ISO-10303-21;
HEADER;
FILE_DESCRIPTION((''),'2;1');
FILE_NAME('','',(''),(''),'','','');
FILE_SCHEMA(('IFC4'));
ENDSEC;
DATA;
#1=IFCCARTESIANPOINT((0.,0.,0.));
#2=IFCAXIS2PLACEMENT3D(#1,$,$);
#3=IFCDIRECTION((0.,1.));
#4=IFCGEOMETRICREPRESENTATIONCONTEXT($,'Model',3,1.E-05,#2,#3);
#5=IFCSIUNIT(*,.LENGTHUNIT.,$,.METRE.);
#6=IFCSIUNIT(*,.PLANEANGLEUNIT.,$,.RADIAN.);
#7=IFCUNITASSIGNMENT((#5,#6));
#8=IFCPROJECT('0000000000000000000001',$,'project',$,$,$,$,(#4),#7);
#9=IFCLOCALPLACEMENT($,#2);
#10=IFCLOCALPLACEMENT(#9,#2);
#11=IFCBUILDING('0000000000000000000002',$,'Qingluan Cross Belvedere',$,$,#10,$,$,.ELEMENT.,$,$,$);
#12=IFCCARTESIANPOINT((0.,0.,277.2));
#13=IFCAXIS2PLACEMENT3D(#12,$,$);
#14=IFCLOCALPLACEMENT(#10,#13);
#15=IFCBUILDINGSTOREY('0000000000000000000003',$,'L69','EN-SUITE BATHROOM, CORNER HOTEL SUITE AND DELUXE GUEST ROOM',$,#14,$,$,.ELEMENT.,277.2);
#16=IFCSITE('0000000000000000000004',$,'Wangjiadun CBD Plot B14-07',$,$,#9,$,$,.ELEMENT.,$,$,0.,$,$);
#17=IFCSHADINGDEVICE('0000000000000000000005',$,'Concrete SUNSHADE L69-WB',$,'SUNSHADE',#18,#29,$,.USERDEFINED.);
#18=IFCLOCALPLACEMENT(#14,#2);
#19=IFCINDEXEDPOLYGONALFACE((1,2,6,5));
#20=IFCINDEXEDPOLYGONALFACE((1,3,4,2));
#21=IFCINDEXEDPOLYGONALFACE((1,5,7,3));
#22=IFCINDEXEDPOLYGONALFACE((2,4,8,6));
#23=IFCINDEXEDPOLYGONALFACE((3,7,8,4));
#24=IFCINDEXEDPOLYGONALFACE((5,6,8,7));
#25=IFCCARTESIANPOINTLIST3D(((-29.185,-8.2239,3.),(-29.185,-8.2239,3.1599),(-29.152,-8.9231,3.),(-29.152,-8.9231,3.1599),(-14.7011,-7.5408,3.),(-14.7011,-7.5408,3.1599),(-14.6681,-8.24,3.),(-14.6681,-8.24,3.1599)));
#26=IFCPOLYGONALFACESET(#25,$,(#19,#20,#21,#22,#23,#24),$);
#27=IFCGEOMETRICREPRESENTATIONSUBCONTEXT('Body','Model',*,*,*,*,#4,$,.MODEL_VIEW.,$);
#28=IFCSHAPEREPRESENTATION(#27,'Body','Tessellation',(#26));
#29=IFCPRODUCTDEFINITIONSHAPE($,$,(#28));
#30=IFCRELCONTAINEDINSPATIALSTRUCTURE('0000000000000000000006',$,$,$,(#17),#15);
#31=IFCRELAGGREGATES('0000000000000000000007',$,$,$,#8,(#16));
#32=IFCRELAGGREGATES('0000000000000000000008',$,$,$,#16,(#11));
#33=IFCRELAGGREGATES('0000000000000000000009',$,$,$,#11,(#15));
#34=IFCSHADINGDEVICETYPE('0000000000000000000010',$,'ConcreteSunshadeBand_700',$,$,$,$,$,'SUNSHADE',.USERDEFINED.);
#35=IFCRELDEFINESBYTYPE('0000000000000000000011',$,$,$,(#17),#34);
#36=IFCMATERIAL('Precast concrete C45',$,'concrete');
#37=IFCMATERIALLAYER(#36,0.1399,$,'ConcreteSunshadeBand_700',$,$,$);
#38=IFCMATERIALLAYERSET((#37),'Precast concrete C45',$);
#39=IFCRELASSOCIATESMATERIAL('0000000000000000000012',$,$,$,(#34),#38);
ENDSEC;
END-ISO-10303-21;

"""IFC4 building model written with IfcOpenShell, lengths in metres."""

from ifc_helpers import new_model, si_unit, direction, frame, origin, origin_2d, place, context, subcontext, project, spatial, rectangle, extrude, material, layer, layer_set, type_object, element, save


model = new_model("IFC4")

# Units and contexts
model_context = context("Model", 3, precision=1e-05, world=origin(), true_north=direction((0.0, 1.0)))
body_context = subcontext(model_context, "Body", "Model", "MODEL_VIEW")
ifc_project = project(units=[si_unit("LENGTHUNIT", "METRE"), si_unit("PLANEANGLEUNIT", "RADIAN")], contexts=[model_context])

# Site, building, storey
site_placement = place(None, origin())
site = spatial("IfcSite", under=ifc_project, at=site_placement, Name="Wangjiadun CBD Plot B14-07", CompositionType="ELEMENT", RefElevation=0.0)
building_placement = place(site_placement, origin())
building = spatial("IfcBuilding", under=site, at=building_placement, Name="Qingluan Cross Belvedere", CompositionType="ELEMENT")
storey_placement = place(building_placement, frame((0.0, 0.0, 277.2)))
storey = spatial("IfcBuildingStorey", under=building, at=storey_placement, Name="L69", Description="EN-SUITE BATHROOM, CORNER HOTEL SUITE AND DELUXE GUEST ROOM", CompositionType="ELEMENT", Elevation=277.2)

# Shading device
ifc_material_1 = material(Name="Precast concrete C45", Category="concrete")
ifc_layer_1 = layer(ifc_material_1, 0.1399, Name="ConcreteSunshadeBand_700")
ifc_layer_set_1 = layer_set([ifc_layer_1], Name="Precast concrete C45")
shading_device_type = type_object("IfcShadingDeviceType", Name="ConcreteSunshadeBand_700", ElementType="SUNSHADE", PredefinedType="USERDEFINED", material=ifc_layer_set_1)
shading_device_placement = place(storey_placement, frame((-21.9265, -8.2319, 3.0), z_axis=(0.0, 0.0, 1.0), x_axis=(0.99889, 0.047109, 0.0)))
element("IfcShadingDevice", 1, at=shading_device_placement, inside=storey, type_object=shading_device_type, Name="Concrete SUNSHADE L69-WB", ObjectType="SUNSHADE", PredefinedType="USERDEFINED", context=body_context, shape_type="SweptSolid", body=[
    extrude(rectangle(XDim=14.5, YDim=0.7, at=origin_2d()), origin(), (0.0, 0.0, 1.0), 0.1599),
])

save(model, "model.ifc")
